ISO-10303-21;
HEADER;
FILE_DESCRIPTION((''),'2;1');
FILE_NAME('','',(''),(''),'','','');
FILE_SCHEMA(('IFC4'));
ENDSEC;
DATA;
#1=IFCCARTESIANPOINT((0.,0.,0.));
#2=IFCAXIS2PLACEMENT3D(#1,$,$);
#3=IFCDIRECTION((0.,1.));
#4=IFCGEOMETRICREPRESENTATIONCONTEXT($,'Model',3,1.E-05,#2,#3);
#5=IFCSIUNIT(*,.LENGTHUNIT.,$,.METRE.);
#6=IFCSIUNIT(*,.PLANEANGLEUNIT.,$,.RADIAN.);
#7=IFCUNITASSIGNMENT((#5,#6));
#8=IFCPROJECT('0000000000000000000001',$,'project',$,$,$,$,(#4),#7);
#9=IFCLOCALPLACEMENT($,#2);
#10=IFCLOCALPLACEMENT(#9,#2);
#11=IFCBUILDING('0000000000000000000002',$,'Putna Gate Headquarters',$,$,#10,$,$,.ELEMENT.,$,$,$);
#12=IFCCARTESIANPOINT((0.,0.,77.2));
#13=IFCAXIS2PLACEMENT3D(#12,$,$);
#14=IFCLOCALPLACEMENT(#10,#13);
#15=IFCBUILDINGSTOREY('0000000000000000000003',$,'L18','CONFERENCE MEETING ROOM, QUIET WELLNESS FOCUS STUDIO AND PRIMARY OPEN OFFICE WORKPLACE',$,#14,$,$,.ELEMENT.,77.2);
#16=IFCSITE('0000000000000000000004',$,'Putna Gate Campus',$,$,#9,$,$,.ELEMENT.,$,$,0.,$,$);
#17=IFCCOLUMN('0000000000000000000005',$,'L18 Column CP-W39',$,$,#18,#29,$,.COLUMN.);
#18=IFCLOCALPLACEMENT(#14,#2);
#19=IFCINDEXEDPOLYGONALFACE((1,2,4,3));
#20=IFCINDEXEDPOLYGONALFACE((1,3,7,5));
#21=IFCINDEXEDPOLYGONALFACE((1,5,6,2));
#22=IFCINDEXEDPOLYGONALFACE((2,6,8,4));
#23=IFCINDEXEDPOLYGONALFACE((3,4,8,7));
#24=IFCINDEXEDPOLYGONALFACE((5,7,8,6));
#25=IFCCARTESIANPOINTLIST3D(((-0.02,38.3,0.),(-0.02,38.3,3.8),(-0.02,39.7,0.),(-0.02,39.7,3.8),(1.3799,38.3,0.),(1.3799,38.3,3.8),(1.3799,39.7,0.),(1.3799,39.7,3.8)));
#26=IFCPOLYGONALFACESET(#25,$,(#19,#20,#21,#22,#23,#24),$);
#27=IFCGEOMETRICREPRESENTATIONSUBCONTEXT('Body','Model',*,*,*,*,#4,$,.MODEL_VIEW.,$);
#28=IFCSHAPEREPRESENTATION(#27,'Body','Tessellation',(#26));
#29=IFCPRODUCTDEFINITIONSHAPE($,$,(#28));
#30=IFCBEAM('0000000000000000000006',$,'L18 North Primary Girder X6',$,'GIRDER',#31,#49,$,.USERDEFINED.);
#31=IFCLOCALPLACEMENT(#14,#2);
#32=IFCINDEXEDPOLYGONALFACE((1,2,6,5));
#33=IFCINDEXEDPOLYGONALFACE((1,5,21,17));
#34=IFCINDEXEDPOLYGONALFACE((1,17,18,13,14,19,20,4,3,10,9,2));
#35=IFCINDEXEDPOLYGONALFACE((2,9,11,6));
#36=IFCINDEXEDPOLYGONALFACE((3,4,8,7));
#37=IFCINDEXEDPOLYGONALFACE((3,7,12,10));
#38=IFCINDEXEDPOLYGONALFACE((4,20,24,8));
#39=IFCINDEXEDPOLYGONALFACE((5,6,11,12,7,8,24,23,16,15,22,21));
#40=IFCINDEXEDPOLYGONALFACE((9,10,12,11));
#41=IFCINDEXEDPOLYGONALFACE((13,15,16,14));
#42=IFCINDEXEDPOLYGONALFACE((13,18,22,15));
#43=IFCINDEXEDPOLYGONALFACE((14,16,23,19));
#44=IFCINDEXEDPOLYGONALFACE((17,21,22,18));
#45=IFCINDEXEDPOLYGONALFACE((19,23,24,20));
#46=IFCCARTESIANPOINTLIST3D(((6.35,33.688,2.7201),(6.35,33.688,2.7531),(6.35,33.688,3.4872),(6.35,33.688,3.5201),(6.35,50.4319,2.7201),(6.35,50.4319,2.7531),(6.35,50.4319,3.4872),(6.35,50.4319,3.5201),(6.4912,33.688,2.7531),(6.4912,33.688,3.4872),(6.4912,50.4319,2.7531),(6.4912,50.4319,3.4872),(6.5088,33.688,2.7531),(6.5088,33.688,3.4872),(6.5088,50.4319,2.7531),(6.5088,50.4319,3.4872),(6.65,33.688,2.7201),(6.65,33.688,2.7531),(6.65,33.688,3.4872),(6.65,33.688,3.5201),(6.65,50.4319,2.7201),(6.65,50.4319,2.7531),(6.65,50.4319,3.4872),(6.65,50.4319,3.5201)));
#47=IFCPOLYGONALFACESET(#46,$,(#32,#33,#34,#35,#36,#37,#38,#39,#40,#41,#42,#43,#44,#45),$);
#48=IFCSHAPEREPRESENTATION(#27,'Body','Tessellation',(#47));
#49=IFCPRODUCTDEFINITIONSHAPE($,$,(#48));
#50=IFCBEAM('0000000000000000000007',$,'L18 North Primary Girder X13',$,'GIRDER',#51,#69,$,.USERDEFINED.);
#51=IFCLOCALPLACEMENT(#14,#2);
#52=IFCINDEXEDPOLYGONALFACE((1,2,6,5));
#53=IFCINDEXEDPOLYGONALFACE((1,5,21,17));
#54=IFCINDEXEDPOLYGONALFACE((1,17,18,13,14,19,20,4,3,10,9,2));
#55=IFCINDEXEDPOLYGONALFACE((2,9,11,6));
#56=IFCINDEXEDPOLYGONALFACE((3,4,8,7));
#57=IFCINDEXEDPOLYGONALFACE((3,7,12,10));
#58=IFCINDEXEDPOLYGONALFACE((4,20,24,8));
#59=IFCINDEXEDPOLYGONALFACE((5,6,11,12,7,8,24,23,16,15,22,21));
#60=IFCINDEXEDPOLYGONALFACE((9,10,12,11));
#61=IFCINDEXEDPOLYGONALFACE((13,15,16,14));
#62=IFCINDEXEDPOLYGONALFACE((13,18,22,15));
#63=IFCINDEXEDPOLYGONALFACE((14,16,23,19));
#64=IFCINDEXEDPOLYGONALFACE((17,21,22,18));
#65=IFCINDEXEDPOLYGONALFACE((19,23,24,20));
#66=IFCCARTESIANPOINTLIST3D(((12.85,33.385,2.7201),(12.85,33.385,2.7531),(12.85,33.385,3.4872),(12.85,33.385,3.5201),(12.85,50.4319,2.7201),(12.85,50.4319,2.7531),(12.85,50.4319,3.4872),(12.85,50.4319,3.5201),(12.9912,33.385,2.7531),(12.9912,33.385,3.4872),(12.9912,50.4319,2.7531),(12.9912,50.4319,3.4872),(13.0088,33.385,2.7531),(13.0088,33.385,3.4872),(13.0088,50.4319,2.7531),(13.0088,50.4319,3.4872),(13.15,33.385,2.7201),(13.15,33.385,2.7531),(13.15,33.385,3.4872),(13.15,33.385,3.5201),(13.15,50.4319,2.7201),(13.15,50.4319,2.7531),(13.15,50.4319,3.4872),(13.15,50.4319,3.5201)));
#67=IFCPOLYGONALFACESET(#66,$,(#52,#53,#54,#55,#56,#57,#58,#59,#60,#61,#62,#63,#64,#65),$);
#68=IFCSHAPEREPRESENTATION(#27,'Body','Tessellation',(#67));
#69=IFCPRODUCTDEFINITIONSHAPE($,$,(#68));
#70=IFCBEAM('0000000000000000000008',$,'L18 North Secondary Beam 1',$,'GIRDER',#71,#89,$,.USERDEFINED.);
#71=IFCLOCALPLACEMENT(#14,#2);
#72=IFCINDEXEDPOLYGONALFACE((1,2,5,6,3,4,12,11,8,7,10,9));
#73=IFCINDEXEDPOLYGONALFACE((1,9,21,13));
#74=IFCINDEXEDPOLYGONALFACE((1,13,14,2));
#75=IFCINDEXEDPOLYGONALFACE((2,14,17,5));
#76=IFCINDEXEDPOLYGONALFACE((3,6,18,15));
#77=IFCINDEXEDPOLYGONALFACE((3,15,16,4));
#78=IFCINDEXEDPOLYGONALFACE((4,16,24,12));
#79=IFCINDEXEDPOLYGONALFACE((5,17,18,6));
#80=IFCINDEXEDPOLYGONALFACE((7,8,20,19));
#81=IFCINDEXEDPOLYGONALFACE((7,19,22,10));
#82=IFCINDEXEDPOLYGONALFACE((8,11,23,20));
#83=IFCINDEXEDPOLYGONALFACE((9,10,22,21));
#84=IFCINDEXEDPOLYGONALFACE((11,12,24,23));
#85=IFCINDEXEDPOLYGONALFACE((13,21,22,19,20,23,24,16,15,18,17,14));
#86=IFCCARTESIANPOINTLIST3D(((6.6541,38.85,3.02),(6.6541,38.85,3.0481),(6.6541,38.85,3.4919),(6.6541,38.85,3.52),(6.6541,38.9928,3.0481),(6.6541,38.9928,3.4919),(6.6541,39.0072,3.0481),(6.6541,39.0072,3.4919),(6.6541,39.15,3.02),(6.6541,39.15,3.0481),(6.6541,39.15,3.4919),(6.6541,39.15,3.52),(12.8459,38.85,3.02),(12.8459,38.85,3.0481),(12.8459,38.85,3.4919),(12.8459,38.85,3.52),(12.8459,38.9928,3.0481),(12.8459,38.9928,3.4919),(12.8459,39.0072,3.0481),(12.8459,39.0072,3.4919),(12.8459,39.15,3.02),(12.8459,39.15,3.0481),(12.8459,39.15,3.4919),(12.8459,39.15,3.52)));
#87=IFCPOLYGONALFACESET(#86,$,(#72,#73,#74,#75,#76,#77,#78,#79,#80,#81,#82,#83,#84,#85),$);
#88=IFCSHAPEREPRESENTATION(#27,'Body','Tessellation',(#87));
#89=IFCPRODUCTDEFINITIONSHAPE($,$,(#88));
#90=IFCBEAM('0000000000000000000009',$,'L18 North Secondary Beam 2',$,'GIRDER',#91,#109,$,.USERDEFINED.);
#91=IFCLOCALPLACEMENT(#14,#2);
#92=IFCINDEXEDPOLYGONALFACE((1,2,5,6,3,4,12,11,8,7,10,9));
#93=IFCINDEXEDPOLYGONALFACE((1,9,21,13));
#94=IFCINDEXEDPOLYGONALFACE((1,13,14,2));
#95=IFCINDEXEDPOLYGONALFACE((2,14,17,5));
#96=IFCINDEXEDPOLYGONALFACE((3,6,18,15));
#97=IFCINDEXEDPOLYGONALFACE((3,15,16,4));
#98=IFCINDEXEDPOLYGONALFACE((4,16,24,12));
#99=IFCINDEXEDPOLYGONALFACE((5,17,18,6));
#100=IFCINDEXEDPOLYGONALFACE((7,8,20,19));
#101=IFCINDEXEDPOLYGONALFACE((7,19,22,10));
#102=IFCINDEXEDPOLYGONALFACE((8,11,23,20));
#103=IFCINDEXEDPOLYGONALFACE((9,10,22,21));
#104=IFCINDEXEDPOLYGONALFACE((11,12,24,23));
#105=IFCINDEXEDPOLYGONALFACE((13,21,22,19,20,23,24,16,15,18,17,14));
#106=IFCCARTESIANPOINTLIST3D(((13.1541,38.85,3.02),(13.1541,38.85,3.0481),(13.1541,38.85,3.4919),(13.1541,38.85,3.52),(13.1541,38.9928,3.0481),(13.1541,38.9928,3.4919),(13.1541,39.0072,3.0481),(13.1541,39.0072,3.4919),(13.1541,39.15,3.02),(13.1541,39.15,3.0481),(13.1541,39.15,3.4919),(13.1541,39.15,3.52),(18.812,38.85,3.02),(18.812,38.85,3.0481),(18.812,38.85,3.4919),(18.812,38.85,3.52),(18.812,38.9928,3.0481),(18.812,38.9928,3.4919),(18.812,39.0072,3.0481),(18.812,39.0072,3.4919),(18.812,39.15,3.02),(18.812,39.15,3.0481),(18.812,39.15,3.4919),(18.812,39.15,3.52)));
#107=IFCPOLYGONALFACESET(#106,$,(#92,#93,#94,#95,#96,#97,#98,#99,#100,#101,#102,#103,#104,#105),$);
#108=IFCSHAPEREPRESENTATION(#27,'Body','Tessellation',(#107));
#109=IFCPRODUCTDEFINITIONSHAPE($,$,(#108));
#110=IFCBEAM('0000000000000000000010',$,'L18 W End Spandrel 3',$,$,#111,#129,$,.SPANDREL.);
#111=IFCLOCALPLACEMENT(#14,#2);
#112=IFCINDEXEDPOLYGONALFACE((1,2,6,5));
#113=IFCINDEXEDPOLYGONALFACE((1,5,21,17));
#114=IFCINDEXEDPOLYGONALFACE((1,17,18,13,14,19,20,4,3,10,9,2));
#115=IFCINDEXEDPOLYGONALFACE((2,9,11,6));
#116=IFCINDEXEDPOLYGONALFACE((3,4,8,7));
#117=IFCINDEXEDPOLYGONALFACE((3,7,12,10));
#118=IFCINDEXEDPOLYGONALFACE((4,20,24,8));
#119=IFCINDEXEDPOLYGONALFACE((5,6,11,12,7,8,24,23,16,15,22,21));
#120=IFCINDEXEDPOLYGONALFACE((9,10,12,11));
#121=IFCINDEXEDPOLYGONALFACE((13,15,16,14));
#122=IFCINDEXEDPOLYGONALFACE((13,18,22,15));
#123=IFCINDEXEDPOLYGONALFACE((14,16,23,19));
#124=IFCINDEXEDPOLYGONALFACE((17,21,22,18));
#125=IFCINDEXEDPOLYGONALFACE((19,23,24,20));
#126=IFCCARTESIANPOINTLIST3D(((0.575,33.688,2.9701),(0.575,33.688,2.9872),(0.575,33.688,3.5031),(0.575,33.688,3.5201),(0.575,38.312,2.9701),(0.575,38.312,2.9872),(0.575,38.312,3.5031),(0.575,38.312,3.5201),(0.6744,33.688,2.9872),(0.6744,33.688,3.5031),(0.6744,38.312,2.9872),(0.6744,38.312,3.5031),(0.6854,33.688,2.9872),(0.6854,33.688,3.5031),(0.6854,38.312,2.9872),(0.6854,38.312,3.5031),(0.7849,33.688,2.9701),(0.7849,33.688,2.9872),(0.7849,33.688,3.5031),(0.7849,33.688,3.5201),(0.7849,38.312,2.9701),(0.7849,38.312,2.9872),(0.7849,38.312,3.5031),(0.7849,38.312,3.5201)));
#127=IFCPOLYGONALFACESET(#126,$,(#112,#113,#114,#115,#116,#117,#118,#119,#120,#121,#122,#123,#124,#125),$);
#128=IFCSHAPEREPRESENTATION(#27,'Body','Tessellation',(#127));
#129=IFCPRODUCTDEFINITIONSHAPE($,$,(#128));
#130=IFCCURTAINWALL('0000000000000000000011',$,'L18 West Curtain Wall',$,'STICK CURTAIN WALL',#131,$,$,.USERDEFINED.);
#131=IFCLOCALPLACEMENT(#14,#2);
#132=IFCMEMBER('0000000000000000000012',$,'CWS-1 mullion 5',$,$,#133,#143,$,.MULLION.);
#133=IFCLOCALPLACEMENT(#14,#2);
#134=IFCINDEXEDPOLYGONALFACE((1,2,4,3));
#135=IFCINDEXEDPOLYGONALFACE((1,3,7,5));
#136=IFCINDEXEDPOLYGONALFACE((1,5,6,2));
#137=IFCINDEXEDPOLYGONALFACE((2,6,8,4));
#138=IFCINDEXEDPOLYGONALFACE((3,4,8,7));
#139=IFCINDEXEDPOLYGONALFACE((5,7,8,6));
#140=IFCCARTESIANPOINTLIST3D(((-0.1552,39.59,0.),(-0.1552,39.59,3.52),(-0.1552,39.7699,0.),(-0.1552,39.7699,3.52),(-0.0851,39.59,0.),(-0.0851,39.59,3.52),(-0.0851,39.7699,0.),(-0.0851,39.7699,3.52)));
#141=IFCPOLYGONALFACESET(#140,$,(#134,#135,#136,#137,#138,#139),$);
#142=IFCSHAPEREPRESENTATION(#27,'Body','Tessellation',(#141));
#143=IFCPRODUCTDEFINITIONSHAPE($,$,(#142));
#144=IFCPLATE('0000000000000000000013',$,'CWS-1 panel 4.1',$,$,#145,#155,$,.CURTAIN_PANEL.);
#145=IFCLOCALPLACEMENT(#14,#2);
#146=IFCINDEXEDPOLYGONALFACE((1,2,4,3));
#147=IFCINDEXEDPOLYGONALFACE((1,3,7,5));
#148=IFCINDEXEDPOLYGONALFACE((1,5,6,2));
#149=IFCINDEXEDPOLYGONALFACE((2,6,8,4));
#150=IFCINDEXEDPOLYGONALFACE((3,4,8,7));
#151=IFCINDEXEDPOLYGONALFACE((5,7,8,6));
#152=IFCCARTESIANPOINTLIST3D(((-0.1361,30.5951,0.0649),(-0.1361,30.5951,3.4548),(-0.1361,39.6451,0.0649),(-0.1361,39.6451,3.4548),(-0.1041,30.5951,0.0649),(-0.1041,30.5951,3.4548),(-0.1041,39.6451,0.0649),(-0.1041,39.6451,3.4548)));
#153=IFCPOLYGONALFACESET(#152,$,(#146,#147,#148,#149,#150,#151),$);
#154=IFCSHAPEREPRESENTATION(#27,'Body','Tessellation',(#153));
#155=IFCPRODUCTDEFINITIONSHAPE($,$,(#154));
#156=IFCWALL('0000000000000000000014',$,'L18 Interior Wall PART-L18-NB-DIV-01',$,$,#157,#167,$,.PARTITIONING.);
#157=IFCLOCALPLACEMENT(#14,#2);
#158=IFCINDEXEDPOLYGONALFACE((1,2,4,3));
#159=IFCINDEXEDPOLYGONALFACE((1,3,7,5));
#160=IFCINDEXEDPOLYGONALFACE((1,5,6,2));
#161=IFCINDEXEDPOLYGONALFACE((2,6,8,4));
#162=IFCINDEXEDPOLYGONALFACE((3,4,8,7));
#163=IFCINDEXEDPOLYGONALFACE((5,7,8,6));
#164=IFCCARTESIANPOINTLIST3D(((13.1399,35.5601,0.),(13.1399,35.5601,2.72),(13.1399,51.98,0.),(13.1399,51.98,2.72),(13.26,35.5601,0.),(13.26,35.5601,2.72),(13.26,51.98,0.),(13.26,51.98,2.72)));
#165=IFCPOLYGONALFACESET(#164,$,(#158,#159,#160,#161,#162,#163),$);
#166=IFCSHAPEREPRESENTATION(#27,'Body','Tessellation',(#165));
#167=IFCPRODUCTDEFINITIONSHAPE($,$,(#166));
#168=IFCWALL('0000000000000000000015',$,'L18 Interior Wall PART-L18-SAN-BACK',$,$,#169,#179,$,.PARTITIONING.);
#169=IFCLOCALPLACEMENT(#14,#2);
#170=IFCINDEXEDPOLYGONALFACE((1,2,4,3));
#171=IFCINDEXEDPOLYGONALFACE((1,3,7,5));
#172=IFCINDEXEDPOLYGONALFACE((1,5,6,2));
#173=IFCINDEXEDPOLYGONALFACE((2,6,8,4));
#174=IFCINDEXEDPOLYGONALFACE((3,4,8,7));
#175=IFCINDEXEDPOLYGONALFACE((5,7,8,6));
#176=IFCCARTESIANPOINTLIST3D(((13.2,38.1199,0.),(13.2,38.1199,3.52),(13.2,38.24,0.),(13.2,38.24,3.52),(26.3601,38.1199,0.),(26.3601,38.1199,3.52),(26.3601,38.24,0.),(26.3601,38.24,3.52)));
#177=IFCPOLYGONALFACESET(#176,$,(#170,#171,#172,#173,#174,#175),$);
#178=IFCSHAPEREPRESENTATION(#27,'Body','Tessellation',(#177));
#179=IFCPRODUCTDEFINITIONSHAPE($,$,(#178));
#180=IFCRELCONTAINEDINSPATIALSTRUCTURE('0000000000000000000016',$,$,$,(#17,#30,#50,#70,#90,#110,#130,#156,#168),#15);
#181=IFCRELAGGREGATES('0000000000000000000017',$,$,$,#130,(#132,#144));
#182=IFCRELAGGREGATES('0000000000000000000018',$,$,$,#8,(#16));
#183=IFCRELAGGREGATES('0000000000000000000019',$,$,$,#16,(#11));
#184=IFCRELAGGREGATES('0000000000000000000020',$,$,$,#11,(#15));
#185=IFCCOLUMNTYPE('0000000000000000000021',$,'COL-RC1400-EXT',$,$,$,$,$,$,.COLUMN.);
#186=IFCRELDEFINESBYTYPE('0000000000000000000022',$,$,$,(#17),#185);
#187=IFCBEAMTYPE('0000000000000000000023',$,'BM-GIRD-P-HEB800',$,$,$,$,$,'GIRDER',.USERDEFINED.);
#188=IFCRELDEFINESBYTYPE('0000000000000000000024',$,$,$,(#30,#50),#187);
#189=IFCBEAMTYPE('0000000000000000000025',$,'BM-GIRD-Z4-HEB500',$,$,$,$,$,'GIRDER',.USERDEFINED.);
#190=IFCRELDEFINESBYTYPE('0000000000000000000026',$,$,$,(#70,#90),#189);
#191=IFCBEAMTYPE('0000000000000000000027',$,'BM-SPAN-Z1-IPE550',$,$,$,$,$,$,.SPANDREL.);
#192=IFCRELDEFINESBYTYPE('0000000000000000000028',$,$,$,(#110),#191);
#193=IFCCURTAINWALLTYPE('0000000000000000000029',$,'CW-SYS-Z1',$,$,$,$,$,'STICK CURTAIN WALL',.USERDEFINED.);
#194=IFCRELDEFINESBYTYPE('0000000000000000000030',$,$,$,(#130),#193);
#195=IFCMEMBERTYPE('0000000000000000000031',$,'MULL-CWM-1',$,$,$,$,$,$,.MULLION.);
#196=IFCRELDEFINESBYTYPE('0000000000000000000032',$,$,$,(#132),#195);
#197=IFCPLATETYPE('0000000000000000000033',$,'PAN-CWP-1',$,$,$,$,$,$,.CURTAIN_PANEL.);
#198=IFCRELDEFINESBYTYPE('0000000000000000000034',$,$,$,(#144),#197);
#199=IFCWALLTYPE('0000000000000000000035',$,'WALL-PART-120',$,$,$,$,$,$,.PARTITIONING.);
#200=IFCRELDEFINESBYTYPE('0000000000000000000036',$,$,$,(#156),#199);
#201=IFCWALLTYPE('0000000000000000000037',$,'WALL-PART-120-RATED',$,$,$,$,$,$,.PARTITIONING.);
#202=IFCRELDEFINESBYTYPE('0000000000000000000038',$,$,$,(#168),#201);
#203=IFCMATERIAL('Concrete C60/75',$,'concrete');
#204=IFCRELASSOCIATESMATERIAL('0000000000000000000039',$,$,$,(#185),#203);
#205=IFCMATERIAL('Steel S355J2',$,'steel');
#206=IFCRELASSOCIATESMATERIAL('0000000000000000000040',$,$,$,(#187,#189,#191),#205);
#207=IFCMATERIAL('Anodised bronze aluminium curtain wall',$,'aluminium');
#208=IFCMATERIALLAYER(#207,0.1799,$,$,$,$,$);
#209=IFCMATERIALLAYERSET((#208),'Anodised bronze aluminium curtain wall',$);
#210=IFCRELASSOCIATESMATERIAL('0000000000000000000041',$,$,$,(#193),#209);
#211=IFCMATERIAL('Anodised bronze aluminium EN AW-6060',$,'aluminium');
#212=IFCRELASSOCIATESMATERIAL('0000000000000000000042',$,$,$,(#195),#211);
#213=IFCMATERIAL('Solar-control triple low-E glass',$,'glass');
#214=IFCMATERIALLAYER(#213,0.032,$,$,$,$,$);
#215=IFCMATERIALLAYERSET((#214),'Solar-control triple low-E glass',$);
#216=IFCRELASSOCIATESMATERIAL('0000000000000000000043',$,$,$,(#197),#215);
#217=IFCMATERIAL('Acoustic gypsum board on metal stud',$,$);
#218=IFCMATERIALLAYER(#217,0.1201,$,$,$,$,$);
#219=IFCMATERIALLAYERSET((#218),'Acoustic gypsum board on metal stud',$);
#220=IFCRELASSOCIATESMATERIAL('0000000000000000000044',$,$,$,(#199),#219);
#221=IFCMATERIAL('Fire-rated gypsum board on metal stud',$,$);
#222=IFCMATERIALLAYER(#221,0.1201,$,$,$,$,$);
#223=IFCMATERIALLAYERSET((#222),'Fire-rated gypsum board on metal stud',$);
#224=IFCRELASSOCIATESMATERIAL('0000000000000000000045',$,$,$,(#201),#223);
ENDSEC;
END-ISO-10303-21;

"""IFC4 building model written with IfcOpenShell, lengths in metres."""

from ifc_helpers import new_model, si_unit, direction, frame, frame_2d, origin, origin_2d, place, context, subcontext, project, spatial, rectangle, i_section, extrude, material, layer, layer_set, material_profile, profile_set, type_object, element, aggregate, save


model = new_model("IFC4")

# Units and contexts
model_context = context("Model", 3, precision=1e-05, world=origin(), true_north=direction((0.0, 1.0)))
body_context = subcontext(model_context, "Body", "Model", "MODEL_VIEW")
ifc_project = project(units=[si_unit("LENGTHUNIT", "METRE"), si_unit("PLANEANGLEUNIT", "RADIAN")], contexts=[model_context])

# Site, building, storey
site_placement = place(None, origin())
site = spatial("IfcSite", under=ifc_project, at=site_placement, Name="Putna Gate Campus", CompositionType="ELEMENT", RefElevation=0.0)
building_placement = place(site_placement, origin())
building = spatial("IfcBuilding", under=site, at=building_placement, Name="Putna Gate Headquarters", CompositionType="ELEMENT")
storey_placement = place(building_placement, frame((0.0, 0.0, 77.2)))
storey = spatial("IfcBuildingStorey", under=building, at=storey_placement, Name="L18", Description="CONFERENCE MEETING ROOM, QUIET WELLNESS FOCUS STUDIO AND PRIMARY OPEN OFFICE WORKPLACE", CompositionType="ELEMENT", Elevation=77.2)

# Column
ifc_material_1 = material(Name="Concrete C60/75", Category="concrete")
ifc_material_profile_1 = material_profile(ifc_material_1, rectangle(XDim=1.3999, YDim=1.3999, at=origin_2d()), Name="Concrete C60/75")
ifc_profile_set_1 = profile_set([ifc_material_profile_1], Name="Concrete C60/75")
column_type = type_object("IfcColumnType", Name="COL-RC1400-EXT", PredefinedType="COLUMN", material=ifc_profile_set_1)
column_placement = place(storey_placement, frame((0.6799, 39.0, 0.0), z_axis=(0.0, 0.0, 1.0), x_axis=(1.0, 0.0, 0.0)))
element("IfcColumn", 1, at=column_placement, inside=storey, type_object=column_type, Name="L18 Column CP-W39", PredefinedType="COLUMN", context=body_context, shape_type="SweptSolid", body=[
    extrude(rectangle(XDim=1.3999, YDim=1.3999, at=origin_2d()), origin(), (0.0, 0.0, 1.0), 3.8),
])

# Beams
ifc_material_2 = material(Name="Steel S355J2", Category="steel")
ifc_material_profile_2 = material_profile(ifc_material_2, i_section(OverallWidth=0.3, OverallDepth=0.8, WebThickness=0.0176, FlangeThickness=0.033, at=origin_2d()), Name="Steel S355J2")
ifc_profile_set_2 = profile_set([ifc_material_profile_2], Name="Steel S355J2")
beam_type_1 = type_object("IfcBeamType", Name="BM-GIRD-P-HEB800", ElementType="GIRDER", PredefinedType="USERDEFINED", material=ifc_profile_set_2)
beam_1_placement = place(storey_placement, frame((6.5, 33.688, 3.1201), z_axis=(0.0, 1.0, 0.0), x_axis=(-1.0, 0.0, 0.0)))
element("IfcBeam", 2, at=beam_1_placement, inside=storey, type_object=beam_type_1, Name="L18 North Primary Girder X6", ObjectType="GIRDER", PredefinedType="USERDEFINED", context=body_context, shape_type="SweptSolid", body=[
    extrude(i_section(OverallWidth=0.3, OverallDepth=0.8, WebThickness=0.0176, FlangeThickness=0.033, at=origin_2d()), origin(), (0.0, 0.0, 1.0), 16.7439),
])
beam_2_placement = place(storey_placement, frame((13.0, 33.385, 3.1201), z_axis=(0.0, 1.0, 0.0), x_axis=(-1.0, 0.0, 0.0)))
element("IfcBeam", 3, at=beam_2_placement, inside=storey, type_object=beam_type_1, Name="L18 North Primary Girder X13", ObjectType="GIRDER", PredefinedType="USERDEFINED", context=body_context, shape_type="SweptSolid", body=[
    extrude(i_section(OverallWidth=0.3, OverallDepth=0.8, WebThickness=0.0176, FlangeThickness=0.033, at=origin_2d()), origin(), (0.0, 0.0, 1.0), 17.0469),
])
ifc_material_profile_3 = material_profile(ifc_material_2, i_section(OverallWidth=0.3, OverallDepth=0.5, WebThickness=0.0144, FlangeThickness=0.0281, at=origin_2d()), Name="Steel S355J2")
ifc_profile_set_3 = profile_set([ifc_material_profile_3], Name="Steel S355J2")
beam_type_2 = type_object("IfcBeamType", Name="BM-GIRD-Z4-HEB500", ElementType="GIRDER", PredefinedType="USERDEFINED", material=ifc_profile_set_3)
beam_3_placement = place(storey_placement, frame((6.6541, 39.0, 3.27), z_axis=(1.0, 0.0, 0.0), x_axis=(0.0, 1.0, 0.0)))
element("IfcBeam", 4, at=beam_3_placement, inside=storey, type_object=beam_type_2, Name="L18 North Secondary Beam 1", ObjectType="GIRDER", PredefinedType="USERDEFINED", context=body_context, shape_type="SweptSolid", body=[
    extrude(i_section(OverallWidth=0.3, OverallDepth=0.5, WebThickness=0.0144, FlangeThickness=0.0281, at=origin_2d()), origin(), (0.0, 0.0, 1.0), 6.1919),
])
beam_4_placement = place(storey_placement, frame((13.1541, 39.0, 3.27), z_axis=(1.0, 0.0, 0.0), x_axis=(0.0, 1.0, 0.0)))
element("IfcBeam", 5, at=beam_4_placement, inside=storey, type_object=beam_type_2, Name="L18 North Secondary Beam 2", ObjectType="GIRDER", PredefinedType="USERDEFINED", context=body_context, shape_type="SweptSolid", body=[
    extrude(i_section(OverallWidth=0.3, OverallDepth=0.5, WebThickness=0.0144, FlangeThickness=0.0281, at=origin_2d()), origin(), (0.0, 0.0, 1.0), 5.658),
])
ifc_material_profile_4 = material_profile(ifc_material_2, i_section(OverallWidth=0.21, OverallDepth=0.55, WebThickness=0.011, FlangeThickness=0.0171, at=origin_2d()), Name="Steel S355J2")
ifc_profile_set_4 = profile_set([ifc_material_profile_4], Name="Steel S355J2")
beam_type_3 = type_object("IfcBeamType", Name="BM-SPAN-Z1-IPE550", PredefinedType="SPANDREL", material=ifc_profile_set_4)
beam_5_placement = place(storey_placement, frame((0.6799, 33.688, 3.2451), z_axis=(0.0, 1.0, 0.0), x_axis=(-1.0, 0.0, 0.0)))
element("IfcBeam", 6, at=beam_5_placement, inside=storey, type_object=beam_type_3, Name="L18 W End Spandrel 3", PredefinedType="SPANDREL", context=body_context, shape_type="SweptSolid", body=[
    extrude(i_section(OverallWidth=0.21, OverallDepth=0.55, WebThickness=0.011, FlangeThickness=0.0171, at=origin_2d()), origin(), (0.0, 0.0, 1.0), 4.624),
])

# Curtain wall, member, plate
ifc_material_3 = material(Name="Anodised bronze aluminium curtain wall", Category="aluminium")
ifc_layer_1 = layer(ifc_material_3, 0.1799)
ifc_layer_set_1 = layer_set([ifc_layer_1], Name="Anodised bronze aluminium curtain wall")
curtain_wall_type = type_object("IfcCurtainWallType", Name="CW-SYS-Z1", ElementType="STICK CURTAIN WALL", PredefinedType="USERDEFINED", material=ifc_layer_set_1)
curtain_wall_placement = place(storey_placement, origin())
curtain_wall = element("IfcCurtainWall", 7, at=curtain_wall_placement, inside=storey, type_object=curtain_wall_type, Name="L18 West Curtain Wall", ObjectType="STICK CURTAIN WALL", PredefinedType="USERDEFINED")
ifc_material_4 = material(Name="Anodised bronze aluminium EN AW-6060", Category="aluminium")
ifc_material_profile_5 = material_profile(ifc_material_4, rectangle(XDim=0.0701, YDim=0.1799, at=origin_2d()), Name="Anodised bronze aluminium EN AW-6060")
ifc_profile_set_5 = profile_set([ifc_material_profile_5], Name="Anodised bronze aluminium EN AW-6060")
member_type = type_object("IfcMemberType", Name="MULL-CWM-1", PredefinedType="MULLION", material=ifc_profile_set_5)
member_placement = place(storey_placement, frame((-0.1201, 39.6799, 0.0), z_axis=(0.0, 0.0, 1.0), x_axis=(-1.0, 0.0, 0.0)))
member = element("IfcMember", 8, at=member_placement, type_object=member_type, Name="CWS-1 mullion 5", PredefinedType="MULLION", context=body_context, shape_type="SweptSolid", body=[
    extrude(rectangle(XDim=0.0701, YDim=0.1799, at=origin_2d()), origin(), (0.0, 0.0, 1.0), 3.52),
])
ifc_material_5 = material(Name="Solar-control triple low-E glass", Category="glass")
ifc_layer_2 = layer(ifc_material_5, 0.032)
ifc_layer_set_2 = layer_set([ifc_layer_2], Name="Solar-control triple low-E glass")
plate_type = type_object("IfcPlateType", Name="PAN-CWP-1", PredefinedType="CURTAIN_PANEL", material=ifc_layer_set_2)
plate_placement = place(storey_placement, frame((-0.1201, 35.1201, 0.0649), z_axis=(0.0, 0.0, 1.0), x_axis=(0.0, 1.0, 0.0)))
plate = element("IfcPlate", 9, at=plate_placement, type_object=plate_type, Name="CWS-1 panel 4.1", PredefinedType="CURTAIN_PANEL", context=body_context, shape_type="SweptSolid", body=[
    extrude(rectangle(XDim=9.05, YDim=0.032, at=origin_2d()), origin(), (0.0, 0.0, 1.0), 3.3899),
])
aggregate(curtain_wall, [member, plate])

# Wall
ifc_material_6 = material(Name="Acoustic gypsum board on metal stud")
ifc_layer_3 = layer(ifc_material_6, 0.1201)
ifc_layer_set_3 = layer_set([ifc_layer_3], Name="Acoustic gypsum board on metal stud")
wall_type_1 = type_object("IfcWallType", Name="WALL-PART-120", PredefinedType="PARTITIONING", material=ifc_layer_set_3)
wall_1_placement = place(storey_placement, frame((13.2, 35.5601, 0.0), z_axis=(0.0, 0.0, 1.0), x_axis=(0.0, 1.0, 0.0)))
element("IfcWall", 10, at=wall_1_placement, inside=storey, type_object=wall_type_1, Name="L18 Interior Wall PART-L18-NB-DIV-01", PredefinedType="PARTITIONING", context=body_context, shape_type="SweptSolid", body=[
    extrude(rectangle(XDim=16.4199, YDim=0.1201, at=frame_2d((8.21, 0.0))), origin(), (0.0, 0.0, 1.0), 2.72),
])

# Shared definitions
ifc_material_7 = material(Name="Fire-rated gypsum board on metal stud")
ifc_layer_4 = layer(ifc_material_7, 0.1201)
ifc_layer_set_4 = layer_set([ifc_layer_4], Name="Fire-rated gypsum board on metal stud")
wall_type_2 = type_object("IfcWallType", Name="WALL-PART-120-RATED", PredefinedType="PARTITIONING", material=ifc_layer_set_4)

# Wall
wall_2_placement = place(storey_placement, frame((13.2, 38.1799, 0.0), z_axis=(0.0, 0.0, 1.0), x_axis=(1.0, 0.0, 0.0)))
element("IfcWall", 11, at=wall_2_placement, inside=storey, type_object=wall_type_2, Name="L18 Interior Wall PART-L18-SAN-BACK", PredefinedType="PARTITIONING", context=body_context, shape_type="SweptSolid", body=[
    extrude(rectangle(XDim=13.1602, YDim=0.1201, at=frame_2d((6.5801, 0.0))), origin(), (0.0, 0.0, 1.0), 3.52),
])

save(model, "model.ifc")
